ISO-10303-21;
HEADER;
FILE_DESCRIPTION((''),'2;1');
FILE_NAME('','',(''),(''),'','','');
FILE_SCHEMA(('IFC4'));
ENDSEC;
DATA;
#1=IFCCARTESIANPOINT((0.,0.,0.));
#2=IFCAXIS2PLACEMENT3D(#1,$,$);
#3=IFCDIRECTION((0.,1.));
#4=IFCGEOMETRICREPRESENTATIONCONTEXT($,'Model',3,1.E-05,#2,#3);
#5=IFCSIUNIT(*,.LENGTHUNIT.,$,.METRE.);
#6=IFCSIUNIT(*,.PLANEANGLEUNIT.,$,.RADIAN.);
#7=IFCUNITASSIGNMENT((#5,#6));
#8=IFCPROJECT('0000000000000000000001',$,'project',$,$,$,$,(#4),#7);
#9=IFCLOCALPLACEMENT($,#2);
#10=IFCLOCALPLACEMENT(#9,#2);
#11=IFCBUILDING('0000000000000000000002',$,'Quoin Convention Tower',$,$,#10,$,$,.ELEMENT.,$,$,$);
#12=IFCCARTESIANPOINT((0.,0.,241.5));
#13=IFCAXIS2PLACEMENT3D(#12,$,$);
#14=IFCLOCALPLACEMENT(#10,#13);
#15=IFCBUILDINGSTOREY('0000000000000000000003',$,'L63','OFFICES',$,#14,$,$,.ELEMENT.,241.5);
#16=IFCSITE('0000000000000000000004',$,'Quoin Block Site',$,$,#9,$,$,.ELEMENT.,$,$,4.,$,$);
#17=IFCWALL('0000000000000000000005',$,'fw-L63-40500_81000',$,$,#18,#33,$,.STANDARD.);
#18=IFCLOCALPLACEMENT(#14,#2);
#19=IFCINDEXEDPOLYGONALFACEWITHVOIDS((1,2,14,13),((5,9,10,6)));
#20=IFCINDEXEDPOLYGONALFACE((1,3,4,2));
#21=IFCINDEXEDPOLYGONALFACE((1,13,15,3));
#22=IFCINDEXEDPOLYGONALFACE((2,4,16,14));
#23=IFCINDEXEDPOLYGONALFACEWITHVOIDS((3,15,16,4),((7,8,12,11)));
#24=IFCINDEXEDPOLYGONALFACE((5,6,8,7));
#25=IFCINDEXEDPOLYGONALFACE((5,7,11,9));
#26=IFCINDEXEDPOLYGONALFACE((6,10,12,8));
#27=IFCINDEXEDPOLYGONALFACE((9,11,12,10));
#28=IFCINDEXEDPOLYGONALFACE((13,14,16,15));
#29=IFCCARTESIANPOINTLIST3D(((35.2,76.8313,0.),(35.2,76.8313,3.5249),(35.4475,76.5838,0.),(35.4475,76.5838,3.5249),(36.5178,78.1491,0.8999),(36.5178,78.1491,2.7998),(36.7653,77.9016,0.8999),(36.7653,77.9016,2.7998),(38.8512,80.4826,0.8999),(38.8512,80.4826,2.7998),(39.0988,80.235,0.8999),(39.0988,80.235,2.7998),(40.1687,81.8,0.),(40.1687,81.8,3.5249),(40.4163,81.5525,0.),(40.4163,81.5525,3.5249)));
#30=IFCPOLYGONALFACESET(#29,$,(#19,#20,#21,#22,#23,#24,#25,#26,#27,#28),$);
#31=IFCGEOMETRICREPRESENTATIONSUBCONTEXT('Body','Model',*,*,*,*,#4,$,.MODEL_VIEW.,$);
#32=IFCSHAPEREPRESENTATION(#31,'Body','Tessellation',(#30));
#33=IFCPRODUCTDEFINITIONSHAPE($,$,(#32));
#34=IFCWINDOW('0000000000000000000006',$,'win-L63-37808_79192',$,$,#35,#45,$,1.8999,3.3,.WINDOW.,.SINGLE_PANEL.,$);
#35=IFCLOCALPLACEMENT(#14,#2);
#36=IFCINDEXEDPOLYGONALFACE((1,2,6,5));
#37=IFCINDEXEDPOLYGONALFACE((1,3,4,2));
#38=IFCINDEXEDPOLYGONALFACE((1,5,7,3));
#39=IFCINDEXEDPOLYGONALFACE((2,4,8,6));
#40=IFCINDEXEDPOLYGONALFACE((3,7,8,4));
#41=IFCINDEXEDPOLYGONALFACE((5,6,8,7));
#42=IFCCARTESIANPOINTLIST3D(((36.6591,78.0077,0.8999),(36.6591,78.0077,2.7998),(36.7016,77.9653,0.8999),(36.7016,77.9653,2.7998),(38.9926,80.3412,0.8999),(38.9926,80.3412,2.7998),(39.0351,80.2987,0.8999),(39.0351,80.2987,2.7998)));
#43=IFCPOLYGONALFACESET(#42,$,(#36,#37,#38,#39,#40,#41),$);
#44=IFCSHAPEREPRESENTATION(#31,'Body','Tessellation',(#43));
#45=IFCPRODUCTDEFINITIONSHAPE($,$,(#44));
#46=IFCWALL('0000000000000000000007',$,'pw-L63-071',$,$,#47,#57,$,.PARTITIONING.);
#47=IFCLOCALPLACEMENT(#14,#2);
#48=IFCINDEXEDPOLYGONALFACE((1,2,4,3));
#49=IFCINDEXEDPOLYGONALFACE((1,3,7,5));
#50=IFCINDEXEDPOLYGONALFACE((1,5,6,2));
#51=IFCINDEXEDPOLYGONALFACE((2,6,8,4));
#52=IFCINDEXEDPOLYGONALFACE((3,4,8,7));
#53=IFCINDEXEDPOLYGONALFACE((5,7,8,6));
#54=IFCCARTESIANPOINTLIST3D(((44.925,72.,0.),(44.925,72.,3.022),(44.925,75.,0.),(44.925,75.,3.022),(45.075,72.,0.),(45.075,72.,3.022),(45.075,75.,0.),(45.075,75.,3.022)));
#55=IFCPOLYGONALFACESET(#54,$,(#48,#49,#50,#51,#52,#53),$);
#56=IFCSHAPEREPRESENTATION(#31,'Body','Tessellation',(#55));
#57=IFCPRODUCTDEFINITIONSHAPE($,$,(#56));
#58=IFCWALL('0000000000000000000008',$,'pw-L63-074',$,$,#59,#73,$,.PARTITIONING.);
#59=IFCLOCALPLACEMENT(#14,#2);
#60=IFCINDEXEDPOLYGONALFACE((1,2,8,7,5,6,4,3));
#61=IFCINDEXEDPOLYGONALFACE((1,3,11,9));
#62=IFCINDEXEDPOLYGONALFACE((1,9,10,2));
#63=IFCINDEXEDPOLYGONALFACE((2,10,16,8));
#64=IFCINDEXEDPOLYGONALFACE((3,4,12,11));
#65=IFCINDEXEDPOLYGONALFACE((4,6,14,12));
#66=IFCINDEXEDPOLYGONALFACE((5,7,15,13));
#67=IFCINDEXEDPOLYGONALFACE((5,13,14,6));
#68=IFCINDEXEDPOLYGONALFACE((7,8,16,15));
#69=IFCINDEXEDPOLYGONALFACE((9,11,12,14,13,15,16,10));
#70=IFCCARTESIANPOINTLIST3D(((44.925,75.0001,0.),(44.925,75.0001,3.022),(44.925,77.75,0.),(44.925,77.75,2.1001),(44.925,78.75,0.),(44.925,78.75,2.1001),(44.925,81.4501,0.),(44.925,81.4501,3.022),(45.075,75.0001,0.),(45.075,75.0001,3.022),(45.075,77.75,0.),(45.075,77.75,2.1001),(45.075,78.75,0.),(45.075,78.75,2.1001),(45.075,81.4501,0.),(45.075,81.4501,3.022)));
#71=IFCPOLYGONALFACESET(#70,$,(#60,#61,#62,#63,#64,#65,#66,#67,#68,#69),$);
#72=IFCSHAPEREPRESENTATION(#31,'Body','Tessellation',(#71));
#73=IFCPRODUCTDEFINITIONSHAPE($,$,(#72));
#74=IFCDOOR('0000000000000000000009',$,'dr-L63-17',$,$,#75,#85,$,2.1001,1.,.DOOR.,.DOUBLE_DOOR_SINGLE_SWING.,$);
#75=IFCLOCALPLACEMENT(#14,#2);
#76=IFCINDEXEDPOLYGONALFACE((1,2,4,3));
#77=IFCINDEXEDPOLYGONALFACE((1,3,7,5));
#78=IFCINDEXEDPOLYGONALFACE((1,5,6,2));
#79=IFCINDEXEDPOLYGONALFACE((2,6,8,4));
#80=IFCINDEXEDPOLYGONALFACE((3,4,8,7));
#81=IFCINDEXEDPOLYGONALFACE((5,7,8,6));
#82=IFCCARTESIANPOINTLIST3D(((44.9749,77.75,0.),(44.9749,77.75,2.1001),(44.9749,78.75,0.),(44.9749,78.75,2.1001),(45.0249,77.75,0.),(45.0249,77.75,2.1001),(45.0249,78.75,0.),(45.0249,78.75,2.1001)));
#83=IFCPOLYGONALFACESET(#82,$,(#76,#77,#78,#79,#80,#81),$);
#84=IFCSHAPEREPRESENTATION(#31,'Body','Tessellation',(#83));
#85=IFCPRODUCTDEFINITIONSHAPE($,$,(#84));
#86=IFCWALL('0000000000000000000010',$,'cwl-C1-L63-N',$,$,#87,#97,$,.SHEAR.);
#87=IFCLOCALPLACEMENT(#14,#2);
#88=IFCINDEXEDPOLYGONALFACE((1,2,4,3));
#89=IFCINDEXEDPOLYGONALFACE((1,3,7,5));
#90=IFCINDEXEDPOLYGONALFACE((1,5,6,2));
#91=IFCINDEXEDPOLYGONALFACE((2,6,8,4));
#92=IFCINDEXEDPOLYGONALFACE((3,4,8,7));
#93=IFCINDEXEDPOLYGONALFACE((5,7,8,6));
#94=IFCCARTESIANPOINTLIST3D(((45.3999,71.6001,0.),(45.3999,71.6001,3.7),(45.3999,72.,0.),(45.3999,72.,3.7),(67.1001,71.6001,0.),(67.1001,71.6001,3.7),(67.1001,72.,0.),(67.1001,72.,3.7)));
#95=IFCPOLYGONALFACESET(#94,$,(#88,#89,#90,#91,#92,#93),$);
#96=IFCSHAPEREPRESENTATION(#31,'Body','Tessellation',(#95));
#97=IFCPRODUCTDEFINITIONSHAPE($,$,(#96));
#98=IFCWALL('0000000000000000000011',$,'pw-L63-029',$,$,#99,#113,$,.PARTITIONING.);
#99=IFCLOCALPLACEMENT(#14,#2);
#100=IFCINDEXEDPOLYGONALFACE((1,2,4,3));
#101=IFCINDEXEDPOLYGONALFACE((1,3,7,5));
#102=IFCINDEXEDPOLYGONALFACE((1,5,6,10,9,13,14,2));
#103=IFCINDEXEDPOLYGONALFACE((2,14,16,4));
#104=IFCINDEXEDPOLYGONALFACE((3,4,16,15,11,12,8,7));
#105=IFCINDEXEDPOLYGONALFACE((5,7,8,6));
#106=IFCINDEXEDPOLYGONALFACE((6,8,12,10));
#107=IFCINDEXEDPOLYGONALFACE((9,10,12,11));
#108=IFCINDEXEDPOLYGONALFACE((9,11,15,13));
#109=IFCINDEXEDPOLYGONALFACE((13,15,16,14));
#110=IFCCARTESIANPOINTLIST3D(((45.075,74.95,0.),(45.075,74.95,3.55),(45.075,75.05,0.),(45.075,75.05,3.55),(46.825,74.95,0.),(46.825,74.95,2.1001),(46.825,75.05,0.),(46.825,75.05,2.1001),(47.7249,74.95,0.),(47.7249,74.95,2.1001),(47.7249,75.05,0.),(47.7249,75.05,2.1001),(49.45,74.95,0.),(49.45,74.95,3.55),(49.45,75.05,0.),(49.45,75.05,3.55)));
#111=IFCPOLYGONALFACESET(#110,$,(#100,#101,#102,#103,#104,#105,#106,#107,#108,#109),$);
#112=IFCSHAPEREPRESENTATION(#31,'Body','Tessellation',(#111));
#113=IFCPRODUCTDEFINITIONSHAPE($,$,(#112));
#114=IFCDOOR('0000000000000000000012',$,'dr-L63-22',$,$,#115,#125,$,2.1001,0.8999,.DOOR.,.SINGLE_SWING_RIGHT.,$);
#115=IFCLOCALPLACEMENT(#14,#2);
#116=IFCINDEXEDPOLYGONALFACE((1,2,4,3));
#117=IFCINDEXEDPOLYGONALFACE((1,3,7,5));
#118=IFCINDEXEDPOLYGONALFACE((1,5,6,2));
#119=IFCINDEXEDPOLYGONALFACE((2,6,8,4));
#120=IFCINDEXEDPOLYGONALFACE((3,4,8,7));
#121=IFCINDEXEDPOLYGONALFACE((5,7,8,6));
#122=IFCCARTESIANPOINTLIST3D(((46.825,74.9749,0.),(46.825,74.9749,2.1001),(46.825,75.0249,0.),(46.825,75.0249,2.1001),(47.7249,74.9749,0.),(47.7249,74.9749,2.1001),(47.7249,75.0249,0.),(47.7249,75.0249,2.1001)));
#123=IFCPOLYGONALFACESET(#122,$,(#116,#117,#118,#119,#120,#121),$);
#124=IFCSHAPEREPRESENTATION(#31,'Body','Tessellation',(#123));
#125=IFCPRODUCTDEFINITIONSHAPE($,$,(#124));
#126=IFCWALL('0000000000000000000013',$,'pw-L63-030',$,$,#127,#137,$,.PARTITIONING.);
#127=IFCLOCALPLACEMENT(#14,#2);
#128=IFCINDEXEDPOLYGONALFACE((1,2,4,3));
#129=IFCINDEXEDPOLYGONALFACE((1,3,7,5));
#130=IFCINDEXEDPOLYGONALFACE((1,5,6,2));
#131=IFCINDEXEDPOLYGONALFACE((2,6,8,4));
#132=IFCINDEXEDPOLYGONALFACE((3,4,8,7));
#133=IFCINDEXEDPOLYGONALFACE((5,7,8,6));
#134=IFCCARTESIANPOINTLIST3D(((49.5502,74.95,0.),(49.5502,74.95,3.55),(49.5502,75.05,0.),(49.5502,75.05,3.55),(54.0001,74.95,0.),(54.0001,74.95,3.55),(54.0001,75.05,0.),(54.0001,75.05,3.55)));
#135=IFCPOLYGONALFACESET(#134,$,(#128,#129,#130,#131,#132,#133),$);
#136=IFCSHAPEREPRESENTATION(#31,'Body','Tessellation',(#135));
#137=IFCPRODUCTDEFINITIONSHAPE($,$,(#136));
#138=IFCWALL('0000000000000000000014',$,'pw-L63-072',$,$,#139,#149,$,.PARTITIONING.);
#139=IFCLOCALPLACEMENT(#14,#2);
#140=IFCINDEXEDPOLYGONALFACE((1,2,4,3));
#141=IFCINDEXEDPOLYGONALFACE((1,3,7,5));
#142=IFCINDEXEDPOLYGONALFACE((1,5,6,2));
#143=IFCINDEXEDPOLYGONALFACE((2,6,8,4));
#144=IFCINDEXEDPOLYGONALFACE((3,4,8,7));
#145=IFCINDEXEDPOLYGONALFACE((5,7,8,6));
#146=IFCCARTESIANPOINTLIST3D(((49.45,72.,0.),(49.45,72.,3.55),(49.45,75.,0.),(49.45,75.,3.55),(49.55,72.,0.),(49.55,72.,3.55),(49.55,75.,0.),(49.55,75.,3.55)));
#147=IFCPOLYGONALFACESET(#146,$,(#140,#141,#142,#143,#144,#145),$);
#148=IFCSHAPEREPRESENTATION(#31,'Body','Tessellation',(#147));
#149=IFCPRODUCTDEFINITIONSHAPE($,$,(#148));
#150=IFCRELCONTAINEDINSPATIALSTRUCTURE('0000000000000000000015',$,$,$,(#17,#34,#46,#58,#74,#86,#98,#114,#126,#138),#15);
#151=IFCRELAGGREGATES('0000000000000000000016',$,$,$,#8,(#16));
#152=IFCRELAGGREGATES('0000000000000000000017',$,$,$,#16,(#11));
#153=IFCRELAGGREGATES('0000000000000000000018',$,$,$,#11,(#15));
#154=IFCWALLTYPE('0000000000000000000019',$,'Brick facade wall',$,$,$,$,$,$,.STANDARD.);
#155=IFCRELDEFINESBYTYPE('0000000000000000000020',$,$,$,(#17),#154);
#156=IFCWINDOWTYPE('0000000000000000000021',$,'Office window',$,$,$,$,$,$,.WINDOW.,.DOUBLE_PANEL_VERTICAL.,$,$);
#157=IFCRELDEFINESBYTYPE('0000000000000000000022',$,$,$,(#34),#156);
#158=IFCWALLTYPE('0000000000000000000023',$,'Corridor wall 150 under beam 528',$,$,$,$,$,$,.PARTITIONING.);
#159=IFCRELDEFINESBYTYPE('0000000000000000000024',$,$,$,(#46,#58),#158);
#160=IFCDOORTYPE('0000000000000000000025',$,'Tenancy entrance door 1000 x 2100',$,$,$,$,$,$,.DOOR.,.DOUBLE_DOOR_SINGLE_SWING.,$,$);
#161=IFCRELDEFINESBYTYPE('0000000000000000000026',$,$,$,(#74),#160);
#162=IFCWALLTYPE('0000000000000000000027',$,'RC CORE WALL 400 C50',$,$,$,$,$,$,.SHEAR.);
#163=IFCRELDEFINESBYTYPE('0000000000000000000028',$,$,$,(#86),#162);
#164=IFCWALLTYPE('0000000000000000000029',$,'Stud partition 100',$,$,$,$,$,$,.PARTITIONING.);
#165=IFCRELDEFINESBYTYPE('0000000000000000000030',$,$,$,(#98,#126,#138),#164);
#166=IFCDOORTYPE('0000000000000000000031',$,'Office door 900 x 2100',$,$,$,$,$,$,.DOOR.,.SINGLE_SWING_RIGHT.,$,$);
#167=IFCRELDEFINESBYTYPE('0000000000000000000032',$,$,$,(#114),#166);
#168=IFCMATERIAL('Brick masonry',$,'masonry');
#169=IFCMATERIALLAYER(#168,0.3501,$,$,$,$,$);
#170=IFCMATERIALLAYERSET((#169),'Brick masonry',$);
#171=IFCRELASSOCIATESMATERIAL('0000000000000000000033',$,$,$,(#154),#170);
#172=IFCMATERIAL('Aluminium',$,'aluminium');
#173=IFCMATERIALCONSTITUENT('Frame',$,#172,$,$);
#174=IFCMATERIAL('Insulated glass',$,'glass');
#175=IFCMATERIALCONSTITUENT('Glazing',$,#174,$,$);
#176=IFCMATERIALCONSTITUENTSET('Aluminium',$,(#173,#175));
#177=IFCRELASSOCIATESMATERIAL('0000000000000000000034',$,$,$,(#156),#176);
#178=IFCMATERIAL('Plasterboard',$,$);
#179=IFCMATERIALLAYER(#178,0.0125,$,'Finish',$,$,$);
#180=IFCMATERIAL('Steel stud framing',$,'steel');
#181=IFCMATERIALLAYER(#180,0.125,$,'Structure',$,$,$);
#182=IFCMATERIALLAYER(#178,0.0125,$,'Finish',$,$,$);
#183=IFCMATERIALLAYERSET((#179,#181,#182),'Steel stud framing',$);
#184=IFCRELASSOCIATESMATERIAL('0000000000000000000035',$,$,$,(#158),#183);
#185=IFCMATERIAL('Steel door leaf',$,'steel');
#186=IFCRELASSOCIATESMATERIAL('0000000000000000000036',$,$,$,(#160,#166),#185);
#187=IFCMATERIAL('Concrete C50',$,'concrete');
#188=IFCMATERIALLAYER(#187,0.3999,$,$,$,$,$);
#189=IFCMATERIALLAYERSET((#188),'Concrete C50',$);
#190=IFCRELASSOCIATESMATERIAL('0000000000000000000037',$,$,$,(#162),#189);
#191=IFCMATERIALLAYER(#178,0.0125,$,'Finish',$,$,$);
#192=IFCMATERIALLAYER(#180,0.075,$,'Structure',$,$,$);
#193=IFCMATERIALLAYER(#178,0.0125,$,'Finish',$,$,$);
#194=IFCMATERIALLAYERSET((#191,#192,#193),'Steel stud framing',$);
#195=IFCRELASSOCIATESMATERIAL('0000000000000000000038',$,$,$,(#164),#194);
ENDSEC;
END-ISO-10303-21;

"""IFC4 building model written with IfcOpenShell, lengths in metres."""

from ifc_helpers import new_model, si_unit, direction, frame, frame_2d, origin, place, context, subcontext, project, spatial, rectangle, extrude, material, layer, layer_set, constituent, constituent_set, type_object, element, fill, save


model = new_model("IFC4")

# Units and contexts
model_context = context("Model", 3, precision=1e-05, world=origin(), true_north=direction((0.0, 1.0)))
body_context = subcontext(model_context, "Body", "Model", "MODEL_VIEW")
ifc_project = project(units=[si_unit("LENGTHUNIT", "METRE"), si_unit("PLANEANGLEUNIT", "RADIAN")], contexts=[model_context])

# Site, building, storey
site_placement = place(None, origin())
site = spatial("IfcSite", under=ifc_project, at=site_placement, Name="Quoin Block Site", CompositionType="ELEMENT", RefElevation=4.0)
building_placement = place(site_placement, origin())
building = spatial("IfcBuilding", under=site, at=building_placement, Name="Quoin Convention Tower", CompositionType="ELEMENT")
storey_placement = place(building_placement, frame((0.0, 0.0, 241.5)))
storey = spatial("IfcBuildingStorey", under=building, at=storey_placement, Name="L63", Description="OFFICES", CompositionType="ELEMENT", Elevation=241.5)

# Shared definitions
ifc_material_1 = material(Name="Concrete C50", Category="concrete")

# Wall, opening, window
ifc_material_2 = material(Name="Brick masonry", Category="masonry")
ifc_layer_1 = layer(ifc_material_2, 0.3501)
ifc_layer_set_1 = layer_set([ifc_layer_1], Name="Brick masonry")
wall_type_1 = type_object("IfcWallType", Name="Brick facade wall", PredefinedType="STANDARD", material=ifc_layer_set_1)
wall_1_placement = place(storey_placement, frame((40.2925, 81.6763, 0.0), z_axis=(0.0, 0.0, 1.0), x_axis=(-0.707107, -0.707107, 0.0)))
wall_1 = element("IfcWall", 1, at=wall_1_placement, inside=storey, type_object=wall_type_1, Name="fw-L63-40500_81000", PredefinedType="STANDARD", context=body_context, shape_type="SweptSolid", body=[
    extrude(rectangle(XDim=7.0269, YDim=0.3501, at=frame_2d((3.5134, 0.0))), origin(), (0.0, 0.0, 1.0), 3.5249),
])
opening_1_placement = place(wall_1_placement, frame((1.8633, 0.0, 0.8999)))
opening_1 = element("IfcOpeningElement", 2, at=opening_1_placement, cuts=wall_1, PredefinedType="OPENING", context=body_context, shape_type="SweptSolid", body=[
    extrude(rectangle(XDim=3.3, YDim=1.8999, at=frame_2d((1.6499, 0.95))), frame((0.0, 0.1851, 0.0), z_axis=(0.0, -1.0, 0.0), x_axis=(1.0, 0.0, 0.0)), (0.0, 0.0, 1.0), 0.3701),
])
ifc_material_3 = material(Name="Aluminium", Category="aluminium")
ifc_constituent_1 = constituent(ifc_material_3, Name="Frame")
ifc_material_4 = material(Name="Insulated glass", Category="glass")
ifc_constituent_2 = constituent(ifc_material_4, Name="Glazing")
ifc_constituent_set = constituent_set(constituents=[ifc_constituent_1, ifc_constituent_2], Name="Aluminium")
window_type = type_object("IfcWindowType", Name="Office window", PartitioningType="DOUBLE_PANEL_VERTICAL", PredefinedType="WINDOW", material=ifc_constituent_set)
window_placement = place(opening_1_placement, origin())
window = element("IfcWindow", 3, at=window_placement, inside=storey, type_object=window_type, Name="win-L63-37808_79192", OverallHeight=1.8999, OverallWidth=3.3, PartitioningType="SINGLE_PANEL", PredefinedType="WINDOW", context=body_context, shape_type="SweptSolid", body=[
    extrude(rectangle(XDim=3.3, YDim=1.8999, at=frame_2d((1.6499, 0.95))), frame((0.0, 0.085, 0.0), z_axis=(0.0, -1.0, 0.0), x_axis=(1.0, 0.0, 0.0)), (0.0, 0.0, 1.0), 0.0601),
])
fill(opening_1, window)

# Wall
ifc_material_5 = material(Name="Plasterboard")
ifc_layer_2 = layer(ifc_material_5, 0.0125, Name="Finish")
ifc_material_6 = material(Name="Steel stud framing", Category="steel")
ifc_layer_3 = layer(ifc_material_6, 0.125, Name="Structure")
ifc_layer_4 = layer(ifc_material_5, 0.0125, Name="Finish")
ifc_layer_set_2 = layer_set([ifc_layer_2, ifc_layer_3, ifc_layer_4], Name="Steel stud framing")
wall_type_2 = type_object("IfcWallType", Name="Corridor wall 150 under beam 528", PredefinedType="PARTITIONING", material=ifc_layer_set_2)
wall_2_placement = place(storey_placement, frame((45.0, 72.0, 0.0), z_axis=(0.0, 0.0, 1.0), x_axis=(0.0, 1.0, 0.0)))
element("IfcWall", 4, at=wall_2_placement, inside=storey, type_object=wall_type_2, Name="pw-L63-071", PredefinedType="PARTITIONING", context=body_context, shape_type="SweptSolid", body=[
    extrude(rectangle(XDim=3.0, YDim=0.1499, at=frame_2d((1.5, 0.0))), origin(), (0.0, 0.0, 1.0), 3.022),
])

# Wall, opening, door
wall_3_placement = place(storey_placement, frame((45.0, 75.0, 0.0), z_axis=(0.0, 0.0, 1.0), x_axis=(0.0, 1.0, 0.0)))
wall_3 = element("IfcWall", 5, at=wall_3_placement, inside=storey, type_object=wall_type_2, Name="pw-L63-074", PredefinedType="PARTITIONING", context=body_context, shape_type="SweptSolid", body=[
    extrude(rectangle(XDim=6.45, YDim=0.1499, at=frame_2d((3.2251, 0.0))), origin(), (0.0, 0.0, 1.0), 3.022),
])
opening_2_placement = place(wall_3_placement, frame((2.75, 0.0, 0.0)))
opening_2 = element("IfcOpeningElement", 6, at=opening_2_placement, cuts=wall_3, PredefinedType="OPENING", context=body_context, shape_type="SweptSolid", body=[
    extrude(rectangle(XDim=1.0, YDim=2.1001, at=frame_2d((0.5, 1.05))), frame((0.0, 0.085, 0.0), z_axis=(0.0, -1.0, 0.0), x_axis=(1.0, 0.0, 0.0)), (0.0, 0.0, 1.0), 0.1699),
])
ifc_material_7 = material(Name="Steel door leaf", Category="steel")
door_type_1 = type_object("IfcDoorType", Name="Tenancy entrance door 1000 x 2100", OperationType="DOUBLE_DOOR_SINGLE_SWING", PredefinedType="DOOR", material=ifc_material_7)
door_1_placement = place(opening_2_placement, frame((1.0, 0.0, 0.0), z_axis=(0.0, 0.0, 1.0), x_axis=(-1.0, 0.0, 0.0)))
door_1 = element("IfcDoor", 7, at=door_1_placement, inside=storey, type_object=door_type_1, Name="dr-L63-17", OperationType="DOUBLE_DOOR_SINGLE_SWING", OverallHeight=2.1001, OverallWidth=1.0, PredefinedType="DOOR", context=body_context, shape_type="SweptSolid", body=[
    extrude(rectangle(XDim=1.0, YDim=2.1001, at=frame_2d((0.5, 1.05))), frame((0.0, 0.0249, 0.0), z_axis=(0.0, -1.0, 0.0), x_axis=(1.0, 0.0, 0.0)), (0.0, 0.0, 1.0), 0.05),
])
fill(opening_2, door_1)

# Wall
ifc_layer_5 = layer(ifc_material_1, 0.3999)
ifc_layer_set_3 = layer_set([ifc_layer_5], Name="Concrete C50")
wall_type_3 = type_object("IfcWallType", Name="RC CORE WALL 400 C50", PredefinedType="SHEAR", material=ifc_layer_set_3)
wall_4_placement = place(storey_placement, frame((45.3999, 71.8, 0.0), z_axis=(0.0, 0.0, 1.0), x_axis=(1.0, 0.0, 0.0)))
element("IfcWall", 8, at=wall_4_placement, inside=storey, type_object=wall_type_3, Name="cwl-C1-L63-N", PredefinedType="SHEAR", context=body_context, shape_type="SweptSolid", body=[
    extrude(rectangle(XDim=21.7002, YDim=0.3999, at=frame_2d((10.8501, 0.0))), origin(), (0.0, 0.0, 1.0), 3.7),
])

# Wall, opening, door
ifc_layer_6 = layer(ifc_material_5, 0.0125, Name="Finish")
ifc_layer_7 = layer(ifc_material_6, 0.075, Name="Structure")
ifc_layer_8 = layer(ifc_material_5, 0.0125, Name="Finish")
ifc_layer_set_4 = layer_set([ifc_layer_6, ifc_layer_7, ifc_layer_8], Name="Steel stud framing")
wall_type_4 = type_object("IfcWallType", Name="Stud partition 100", PredefinedType="PARTITIONING", material=ifc_layer_set_4)
wall_5_placement = place(storey_placement, frame((45.075, 75.0, 0.0), z_axis=(0.0, 0.0, 1.0), x_axis=(1.0, 0.0, 0.0)))
wall_5 = element("IfcWall", 9, at=wall_5_placement, inside=storey, type_object=wall_type_4, Name="pw-L63-029", PredefinedType="PARTITIONING", context=body_context, shape_type="SweptSolid", body=[
    extrude(rectangle(XDim=4.375, YDim=0.1001, at=frame_2d((2.1875, 0.0))), origin(), (0.0, 0.0, 1.0), 3.55),
])
opening_3_placement = place(wall_5_placement, frame((1.75, 0.0, 0.0)))
opening_3 = element("IfcOpeningElement", 10, at=opening_3_placement, cuts=wall_5, PredefinedType="OPENING", context=body_context, shape_type="SweptSolid", body=[
    extrude(rectangle(XDim=0.8999, YDim=2.1001, at=frame_2d((0.45, 1.05))), frame((0.0, 0.0601, 0.0), z_axis=(0.0, -1.0, 0.0), x_axis=(1.0, 0.0, 0.0)), (0.0, 0.0, 1.0), 0.1201),
])
door_type_2 = type_object("IfcDoorType", Name="Office door 900 x 2100", OperationType="SINGLE_SWING_RIGHT", PredefinedType="DOOR", material=ifc_material_7)
door_2_placement = place(opening_3_placement, origin())
door_2 = element("IfcDoor", 11, at=door_2_placement, inside=storey, type_object=door_type_2, Name="dr-L63-22", OperationType="SINGLE_SWING_RIGHT", OverallHeight=2.1001, OverallWidth=0.8999, PredefinedType="DOOR", context=body_context, shape_type="SweptSolid", body=[
    extrude(rectangle(XDim=0.8999, YDim=2.1001, at=frame_2d((0.45, 1.05))), frame((0.0, 0.0249, 0.0), z_axis=(0.0, -1.0, 0.0), x_axis=(1.0, 0.0, 0.0)), (0.0, 0.0, 1.0), 0.05),
])
fill(opening_3, door_2)

# Walls
wall_6_placement = place(storey_placement, frame((49.55, 75.0, 0.0), z_axis=(0.0, 0.0, 1.0), x_axis=(1.0, 0.0, 0.0)))
element("IfcWall", 12, at=wall_6_placement, inside=storey, type_object=wall_type_4, Name="pw-L63-030", PredefinedType="PARTITIONING", context=body_context, shape_type="SweptSolid", body=[
    extrude(rectangle(XDim=4.45, YDim=0.1001, at=frame_2d((2.2251, 0.0))), origin(), (0.0, 0.0, 1.0), 3.55),
])
wall_7_placement = place(storey_placement, frame((49.5, 72.0, 0.0), z_axis=(0.0, 0.0, 1.0), x_axis=(0.0, 1.0, 0.0)))
element("IfcWall", 13, at=wall_7_placement, inside=storey, type_object=wall_type_4, Name="pw-L63-072", PredefinedType="PARTITIONING", context=body_context, shape_type="SweptSolid", body=[
    extrude(rectangle(XDim=3.0, YDim=0.1001, at=frame_2d((1.5, 0.0))), origin(), (0.0, 0.0, 1.0), 3.55),
])

save(model, "model.ifc")
